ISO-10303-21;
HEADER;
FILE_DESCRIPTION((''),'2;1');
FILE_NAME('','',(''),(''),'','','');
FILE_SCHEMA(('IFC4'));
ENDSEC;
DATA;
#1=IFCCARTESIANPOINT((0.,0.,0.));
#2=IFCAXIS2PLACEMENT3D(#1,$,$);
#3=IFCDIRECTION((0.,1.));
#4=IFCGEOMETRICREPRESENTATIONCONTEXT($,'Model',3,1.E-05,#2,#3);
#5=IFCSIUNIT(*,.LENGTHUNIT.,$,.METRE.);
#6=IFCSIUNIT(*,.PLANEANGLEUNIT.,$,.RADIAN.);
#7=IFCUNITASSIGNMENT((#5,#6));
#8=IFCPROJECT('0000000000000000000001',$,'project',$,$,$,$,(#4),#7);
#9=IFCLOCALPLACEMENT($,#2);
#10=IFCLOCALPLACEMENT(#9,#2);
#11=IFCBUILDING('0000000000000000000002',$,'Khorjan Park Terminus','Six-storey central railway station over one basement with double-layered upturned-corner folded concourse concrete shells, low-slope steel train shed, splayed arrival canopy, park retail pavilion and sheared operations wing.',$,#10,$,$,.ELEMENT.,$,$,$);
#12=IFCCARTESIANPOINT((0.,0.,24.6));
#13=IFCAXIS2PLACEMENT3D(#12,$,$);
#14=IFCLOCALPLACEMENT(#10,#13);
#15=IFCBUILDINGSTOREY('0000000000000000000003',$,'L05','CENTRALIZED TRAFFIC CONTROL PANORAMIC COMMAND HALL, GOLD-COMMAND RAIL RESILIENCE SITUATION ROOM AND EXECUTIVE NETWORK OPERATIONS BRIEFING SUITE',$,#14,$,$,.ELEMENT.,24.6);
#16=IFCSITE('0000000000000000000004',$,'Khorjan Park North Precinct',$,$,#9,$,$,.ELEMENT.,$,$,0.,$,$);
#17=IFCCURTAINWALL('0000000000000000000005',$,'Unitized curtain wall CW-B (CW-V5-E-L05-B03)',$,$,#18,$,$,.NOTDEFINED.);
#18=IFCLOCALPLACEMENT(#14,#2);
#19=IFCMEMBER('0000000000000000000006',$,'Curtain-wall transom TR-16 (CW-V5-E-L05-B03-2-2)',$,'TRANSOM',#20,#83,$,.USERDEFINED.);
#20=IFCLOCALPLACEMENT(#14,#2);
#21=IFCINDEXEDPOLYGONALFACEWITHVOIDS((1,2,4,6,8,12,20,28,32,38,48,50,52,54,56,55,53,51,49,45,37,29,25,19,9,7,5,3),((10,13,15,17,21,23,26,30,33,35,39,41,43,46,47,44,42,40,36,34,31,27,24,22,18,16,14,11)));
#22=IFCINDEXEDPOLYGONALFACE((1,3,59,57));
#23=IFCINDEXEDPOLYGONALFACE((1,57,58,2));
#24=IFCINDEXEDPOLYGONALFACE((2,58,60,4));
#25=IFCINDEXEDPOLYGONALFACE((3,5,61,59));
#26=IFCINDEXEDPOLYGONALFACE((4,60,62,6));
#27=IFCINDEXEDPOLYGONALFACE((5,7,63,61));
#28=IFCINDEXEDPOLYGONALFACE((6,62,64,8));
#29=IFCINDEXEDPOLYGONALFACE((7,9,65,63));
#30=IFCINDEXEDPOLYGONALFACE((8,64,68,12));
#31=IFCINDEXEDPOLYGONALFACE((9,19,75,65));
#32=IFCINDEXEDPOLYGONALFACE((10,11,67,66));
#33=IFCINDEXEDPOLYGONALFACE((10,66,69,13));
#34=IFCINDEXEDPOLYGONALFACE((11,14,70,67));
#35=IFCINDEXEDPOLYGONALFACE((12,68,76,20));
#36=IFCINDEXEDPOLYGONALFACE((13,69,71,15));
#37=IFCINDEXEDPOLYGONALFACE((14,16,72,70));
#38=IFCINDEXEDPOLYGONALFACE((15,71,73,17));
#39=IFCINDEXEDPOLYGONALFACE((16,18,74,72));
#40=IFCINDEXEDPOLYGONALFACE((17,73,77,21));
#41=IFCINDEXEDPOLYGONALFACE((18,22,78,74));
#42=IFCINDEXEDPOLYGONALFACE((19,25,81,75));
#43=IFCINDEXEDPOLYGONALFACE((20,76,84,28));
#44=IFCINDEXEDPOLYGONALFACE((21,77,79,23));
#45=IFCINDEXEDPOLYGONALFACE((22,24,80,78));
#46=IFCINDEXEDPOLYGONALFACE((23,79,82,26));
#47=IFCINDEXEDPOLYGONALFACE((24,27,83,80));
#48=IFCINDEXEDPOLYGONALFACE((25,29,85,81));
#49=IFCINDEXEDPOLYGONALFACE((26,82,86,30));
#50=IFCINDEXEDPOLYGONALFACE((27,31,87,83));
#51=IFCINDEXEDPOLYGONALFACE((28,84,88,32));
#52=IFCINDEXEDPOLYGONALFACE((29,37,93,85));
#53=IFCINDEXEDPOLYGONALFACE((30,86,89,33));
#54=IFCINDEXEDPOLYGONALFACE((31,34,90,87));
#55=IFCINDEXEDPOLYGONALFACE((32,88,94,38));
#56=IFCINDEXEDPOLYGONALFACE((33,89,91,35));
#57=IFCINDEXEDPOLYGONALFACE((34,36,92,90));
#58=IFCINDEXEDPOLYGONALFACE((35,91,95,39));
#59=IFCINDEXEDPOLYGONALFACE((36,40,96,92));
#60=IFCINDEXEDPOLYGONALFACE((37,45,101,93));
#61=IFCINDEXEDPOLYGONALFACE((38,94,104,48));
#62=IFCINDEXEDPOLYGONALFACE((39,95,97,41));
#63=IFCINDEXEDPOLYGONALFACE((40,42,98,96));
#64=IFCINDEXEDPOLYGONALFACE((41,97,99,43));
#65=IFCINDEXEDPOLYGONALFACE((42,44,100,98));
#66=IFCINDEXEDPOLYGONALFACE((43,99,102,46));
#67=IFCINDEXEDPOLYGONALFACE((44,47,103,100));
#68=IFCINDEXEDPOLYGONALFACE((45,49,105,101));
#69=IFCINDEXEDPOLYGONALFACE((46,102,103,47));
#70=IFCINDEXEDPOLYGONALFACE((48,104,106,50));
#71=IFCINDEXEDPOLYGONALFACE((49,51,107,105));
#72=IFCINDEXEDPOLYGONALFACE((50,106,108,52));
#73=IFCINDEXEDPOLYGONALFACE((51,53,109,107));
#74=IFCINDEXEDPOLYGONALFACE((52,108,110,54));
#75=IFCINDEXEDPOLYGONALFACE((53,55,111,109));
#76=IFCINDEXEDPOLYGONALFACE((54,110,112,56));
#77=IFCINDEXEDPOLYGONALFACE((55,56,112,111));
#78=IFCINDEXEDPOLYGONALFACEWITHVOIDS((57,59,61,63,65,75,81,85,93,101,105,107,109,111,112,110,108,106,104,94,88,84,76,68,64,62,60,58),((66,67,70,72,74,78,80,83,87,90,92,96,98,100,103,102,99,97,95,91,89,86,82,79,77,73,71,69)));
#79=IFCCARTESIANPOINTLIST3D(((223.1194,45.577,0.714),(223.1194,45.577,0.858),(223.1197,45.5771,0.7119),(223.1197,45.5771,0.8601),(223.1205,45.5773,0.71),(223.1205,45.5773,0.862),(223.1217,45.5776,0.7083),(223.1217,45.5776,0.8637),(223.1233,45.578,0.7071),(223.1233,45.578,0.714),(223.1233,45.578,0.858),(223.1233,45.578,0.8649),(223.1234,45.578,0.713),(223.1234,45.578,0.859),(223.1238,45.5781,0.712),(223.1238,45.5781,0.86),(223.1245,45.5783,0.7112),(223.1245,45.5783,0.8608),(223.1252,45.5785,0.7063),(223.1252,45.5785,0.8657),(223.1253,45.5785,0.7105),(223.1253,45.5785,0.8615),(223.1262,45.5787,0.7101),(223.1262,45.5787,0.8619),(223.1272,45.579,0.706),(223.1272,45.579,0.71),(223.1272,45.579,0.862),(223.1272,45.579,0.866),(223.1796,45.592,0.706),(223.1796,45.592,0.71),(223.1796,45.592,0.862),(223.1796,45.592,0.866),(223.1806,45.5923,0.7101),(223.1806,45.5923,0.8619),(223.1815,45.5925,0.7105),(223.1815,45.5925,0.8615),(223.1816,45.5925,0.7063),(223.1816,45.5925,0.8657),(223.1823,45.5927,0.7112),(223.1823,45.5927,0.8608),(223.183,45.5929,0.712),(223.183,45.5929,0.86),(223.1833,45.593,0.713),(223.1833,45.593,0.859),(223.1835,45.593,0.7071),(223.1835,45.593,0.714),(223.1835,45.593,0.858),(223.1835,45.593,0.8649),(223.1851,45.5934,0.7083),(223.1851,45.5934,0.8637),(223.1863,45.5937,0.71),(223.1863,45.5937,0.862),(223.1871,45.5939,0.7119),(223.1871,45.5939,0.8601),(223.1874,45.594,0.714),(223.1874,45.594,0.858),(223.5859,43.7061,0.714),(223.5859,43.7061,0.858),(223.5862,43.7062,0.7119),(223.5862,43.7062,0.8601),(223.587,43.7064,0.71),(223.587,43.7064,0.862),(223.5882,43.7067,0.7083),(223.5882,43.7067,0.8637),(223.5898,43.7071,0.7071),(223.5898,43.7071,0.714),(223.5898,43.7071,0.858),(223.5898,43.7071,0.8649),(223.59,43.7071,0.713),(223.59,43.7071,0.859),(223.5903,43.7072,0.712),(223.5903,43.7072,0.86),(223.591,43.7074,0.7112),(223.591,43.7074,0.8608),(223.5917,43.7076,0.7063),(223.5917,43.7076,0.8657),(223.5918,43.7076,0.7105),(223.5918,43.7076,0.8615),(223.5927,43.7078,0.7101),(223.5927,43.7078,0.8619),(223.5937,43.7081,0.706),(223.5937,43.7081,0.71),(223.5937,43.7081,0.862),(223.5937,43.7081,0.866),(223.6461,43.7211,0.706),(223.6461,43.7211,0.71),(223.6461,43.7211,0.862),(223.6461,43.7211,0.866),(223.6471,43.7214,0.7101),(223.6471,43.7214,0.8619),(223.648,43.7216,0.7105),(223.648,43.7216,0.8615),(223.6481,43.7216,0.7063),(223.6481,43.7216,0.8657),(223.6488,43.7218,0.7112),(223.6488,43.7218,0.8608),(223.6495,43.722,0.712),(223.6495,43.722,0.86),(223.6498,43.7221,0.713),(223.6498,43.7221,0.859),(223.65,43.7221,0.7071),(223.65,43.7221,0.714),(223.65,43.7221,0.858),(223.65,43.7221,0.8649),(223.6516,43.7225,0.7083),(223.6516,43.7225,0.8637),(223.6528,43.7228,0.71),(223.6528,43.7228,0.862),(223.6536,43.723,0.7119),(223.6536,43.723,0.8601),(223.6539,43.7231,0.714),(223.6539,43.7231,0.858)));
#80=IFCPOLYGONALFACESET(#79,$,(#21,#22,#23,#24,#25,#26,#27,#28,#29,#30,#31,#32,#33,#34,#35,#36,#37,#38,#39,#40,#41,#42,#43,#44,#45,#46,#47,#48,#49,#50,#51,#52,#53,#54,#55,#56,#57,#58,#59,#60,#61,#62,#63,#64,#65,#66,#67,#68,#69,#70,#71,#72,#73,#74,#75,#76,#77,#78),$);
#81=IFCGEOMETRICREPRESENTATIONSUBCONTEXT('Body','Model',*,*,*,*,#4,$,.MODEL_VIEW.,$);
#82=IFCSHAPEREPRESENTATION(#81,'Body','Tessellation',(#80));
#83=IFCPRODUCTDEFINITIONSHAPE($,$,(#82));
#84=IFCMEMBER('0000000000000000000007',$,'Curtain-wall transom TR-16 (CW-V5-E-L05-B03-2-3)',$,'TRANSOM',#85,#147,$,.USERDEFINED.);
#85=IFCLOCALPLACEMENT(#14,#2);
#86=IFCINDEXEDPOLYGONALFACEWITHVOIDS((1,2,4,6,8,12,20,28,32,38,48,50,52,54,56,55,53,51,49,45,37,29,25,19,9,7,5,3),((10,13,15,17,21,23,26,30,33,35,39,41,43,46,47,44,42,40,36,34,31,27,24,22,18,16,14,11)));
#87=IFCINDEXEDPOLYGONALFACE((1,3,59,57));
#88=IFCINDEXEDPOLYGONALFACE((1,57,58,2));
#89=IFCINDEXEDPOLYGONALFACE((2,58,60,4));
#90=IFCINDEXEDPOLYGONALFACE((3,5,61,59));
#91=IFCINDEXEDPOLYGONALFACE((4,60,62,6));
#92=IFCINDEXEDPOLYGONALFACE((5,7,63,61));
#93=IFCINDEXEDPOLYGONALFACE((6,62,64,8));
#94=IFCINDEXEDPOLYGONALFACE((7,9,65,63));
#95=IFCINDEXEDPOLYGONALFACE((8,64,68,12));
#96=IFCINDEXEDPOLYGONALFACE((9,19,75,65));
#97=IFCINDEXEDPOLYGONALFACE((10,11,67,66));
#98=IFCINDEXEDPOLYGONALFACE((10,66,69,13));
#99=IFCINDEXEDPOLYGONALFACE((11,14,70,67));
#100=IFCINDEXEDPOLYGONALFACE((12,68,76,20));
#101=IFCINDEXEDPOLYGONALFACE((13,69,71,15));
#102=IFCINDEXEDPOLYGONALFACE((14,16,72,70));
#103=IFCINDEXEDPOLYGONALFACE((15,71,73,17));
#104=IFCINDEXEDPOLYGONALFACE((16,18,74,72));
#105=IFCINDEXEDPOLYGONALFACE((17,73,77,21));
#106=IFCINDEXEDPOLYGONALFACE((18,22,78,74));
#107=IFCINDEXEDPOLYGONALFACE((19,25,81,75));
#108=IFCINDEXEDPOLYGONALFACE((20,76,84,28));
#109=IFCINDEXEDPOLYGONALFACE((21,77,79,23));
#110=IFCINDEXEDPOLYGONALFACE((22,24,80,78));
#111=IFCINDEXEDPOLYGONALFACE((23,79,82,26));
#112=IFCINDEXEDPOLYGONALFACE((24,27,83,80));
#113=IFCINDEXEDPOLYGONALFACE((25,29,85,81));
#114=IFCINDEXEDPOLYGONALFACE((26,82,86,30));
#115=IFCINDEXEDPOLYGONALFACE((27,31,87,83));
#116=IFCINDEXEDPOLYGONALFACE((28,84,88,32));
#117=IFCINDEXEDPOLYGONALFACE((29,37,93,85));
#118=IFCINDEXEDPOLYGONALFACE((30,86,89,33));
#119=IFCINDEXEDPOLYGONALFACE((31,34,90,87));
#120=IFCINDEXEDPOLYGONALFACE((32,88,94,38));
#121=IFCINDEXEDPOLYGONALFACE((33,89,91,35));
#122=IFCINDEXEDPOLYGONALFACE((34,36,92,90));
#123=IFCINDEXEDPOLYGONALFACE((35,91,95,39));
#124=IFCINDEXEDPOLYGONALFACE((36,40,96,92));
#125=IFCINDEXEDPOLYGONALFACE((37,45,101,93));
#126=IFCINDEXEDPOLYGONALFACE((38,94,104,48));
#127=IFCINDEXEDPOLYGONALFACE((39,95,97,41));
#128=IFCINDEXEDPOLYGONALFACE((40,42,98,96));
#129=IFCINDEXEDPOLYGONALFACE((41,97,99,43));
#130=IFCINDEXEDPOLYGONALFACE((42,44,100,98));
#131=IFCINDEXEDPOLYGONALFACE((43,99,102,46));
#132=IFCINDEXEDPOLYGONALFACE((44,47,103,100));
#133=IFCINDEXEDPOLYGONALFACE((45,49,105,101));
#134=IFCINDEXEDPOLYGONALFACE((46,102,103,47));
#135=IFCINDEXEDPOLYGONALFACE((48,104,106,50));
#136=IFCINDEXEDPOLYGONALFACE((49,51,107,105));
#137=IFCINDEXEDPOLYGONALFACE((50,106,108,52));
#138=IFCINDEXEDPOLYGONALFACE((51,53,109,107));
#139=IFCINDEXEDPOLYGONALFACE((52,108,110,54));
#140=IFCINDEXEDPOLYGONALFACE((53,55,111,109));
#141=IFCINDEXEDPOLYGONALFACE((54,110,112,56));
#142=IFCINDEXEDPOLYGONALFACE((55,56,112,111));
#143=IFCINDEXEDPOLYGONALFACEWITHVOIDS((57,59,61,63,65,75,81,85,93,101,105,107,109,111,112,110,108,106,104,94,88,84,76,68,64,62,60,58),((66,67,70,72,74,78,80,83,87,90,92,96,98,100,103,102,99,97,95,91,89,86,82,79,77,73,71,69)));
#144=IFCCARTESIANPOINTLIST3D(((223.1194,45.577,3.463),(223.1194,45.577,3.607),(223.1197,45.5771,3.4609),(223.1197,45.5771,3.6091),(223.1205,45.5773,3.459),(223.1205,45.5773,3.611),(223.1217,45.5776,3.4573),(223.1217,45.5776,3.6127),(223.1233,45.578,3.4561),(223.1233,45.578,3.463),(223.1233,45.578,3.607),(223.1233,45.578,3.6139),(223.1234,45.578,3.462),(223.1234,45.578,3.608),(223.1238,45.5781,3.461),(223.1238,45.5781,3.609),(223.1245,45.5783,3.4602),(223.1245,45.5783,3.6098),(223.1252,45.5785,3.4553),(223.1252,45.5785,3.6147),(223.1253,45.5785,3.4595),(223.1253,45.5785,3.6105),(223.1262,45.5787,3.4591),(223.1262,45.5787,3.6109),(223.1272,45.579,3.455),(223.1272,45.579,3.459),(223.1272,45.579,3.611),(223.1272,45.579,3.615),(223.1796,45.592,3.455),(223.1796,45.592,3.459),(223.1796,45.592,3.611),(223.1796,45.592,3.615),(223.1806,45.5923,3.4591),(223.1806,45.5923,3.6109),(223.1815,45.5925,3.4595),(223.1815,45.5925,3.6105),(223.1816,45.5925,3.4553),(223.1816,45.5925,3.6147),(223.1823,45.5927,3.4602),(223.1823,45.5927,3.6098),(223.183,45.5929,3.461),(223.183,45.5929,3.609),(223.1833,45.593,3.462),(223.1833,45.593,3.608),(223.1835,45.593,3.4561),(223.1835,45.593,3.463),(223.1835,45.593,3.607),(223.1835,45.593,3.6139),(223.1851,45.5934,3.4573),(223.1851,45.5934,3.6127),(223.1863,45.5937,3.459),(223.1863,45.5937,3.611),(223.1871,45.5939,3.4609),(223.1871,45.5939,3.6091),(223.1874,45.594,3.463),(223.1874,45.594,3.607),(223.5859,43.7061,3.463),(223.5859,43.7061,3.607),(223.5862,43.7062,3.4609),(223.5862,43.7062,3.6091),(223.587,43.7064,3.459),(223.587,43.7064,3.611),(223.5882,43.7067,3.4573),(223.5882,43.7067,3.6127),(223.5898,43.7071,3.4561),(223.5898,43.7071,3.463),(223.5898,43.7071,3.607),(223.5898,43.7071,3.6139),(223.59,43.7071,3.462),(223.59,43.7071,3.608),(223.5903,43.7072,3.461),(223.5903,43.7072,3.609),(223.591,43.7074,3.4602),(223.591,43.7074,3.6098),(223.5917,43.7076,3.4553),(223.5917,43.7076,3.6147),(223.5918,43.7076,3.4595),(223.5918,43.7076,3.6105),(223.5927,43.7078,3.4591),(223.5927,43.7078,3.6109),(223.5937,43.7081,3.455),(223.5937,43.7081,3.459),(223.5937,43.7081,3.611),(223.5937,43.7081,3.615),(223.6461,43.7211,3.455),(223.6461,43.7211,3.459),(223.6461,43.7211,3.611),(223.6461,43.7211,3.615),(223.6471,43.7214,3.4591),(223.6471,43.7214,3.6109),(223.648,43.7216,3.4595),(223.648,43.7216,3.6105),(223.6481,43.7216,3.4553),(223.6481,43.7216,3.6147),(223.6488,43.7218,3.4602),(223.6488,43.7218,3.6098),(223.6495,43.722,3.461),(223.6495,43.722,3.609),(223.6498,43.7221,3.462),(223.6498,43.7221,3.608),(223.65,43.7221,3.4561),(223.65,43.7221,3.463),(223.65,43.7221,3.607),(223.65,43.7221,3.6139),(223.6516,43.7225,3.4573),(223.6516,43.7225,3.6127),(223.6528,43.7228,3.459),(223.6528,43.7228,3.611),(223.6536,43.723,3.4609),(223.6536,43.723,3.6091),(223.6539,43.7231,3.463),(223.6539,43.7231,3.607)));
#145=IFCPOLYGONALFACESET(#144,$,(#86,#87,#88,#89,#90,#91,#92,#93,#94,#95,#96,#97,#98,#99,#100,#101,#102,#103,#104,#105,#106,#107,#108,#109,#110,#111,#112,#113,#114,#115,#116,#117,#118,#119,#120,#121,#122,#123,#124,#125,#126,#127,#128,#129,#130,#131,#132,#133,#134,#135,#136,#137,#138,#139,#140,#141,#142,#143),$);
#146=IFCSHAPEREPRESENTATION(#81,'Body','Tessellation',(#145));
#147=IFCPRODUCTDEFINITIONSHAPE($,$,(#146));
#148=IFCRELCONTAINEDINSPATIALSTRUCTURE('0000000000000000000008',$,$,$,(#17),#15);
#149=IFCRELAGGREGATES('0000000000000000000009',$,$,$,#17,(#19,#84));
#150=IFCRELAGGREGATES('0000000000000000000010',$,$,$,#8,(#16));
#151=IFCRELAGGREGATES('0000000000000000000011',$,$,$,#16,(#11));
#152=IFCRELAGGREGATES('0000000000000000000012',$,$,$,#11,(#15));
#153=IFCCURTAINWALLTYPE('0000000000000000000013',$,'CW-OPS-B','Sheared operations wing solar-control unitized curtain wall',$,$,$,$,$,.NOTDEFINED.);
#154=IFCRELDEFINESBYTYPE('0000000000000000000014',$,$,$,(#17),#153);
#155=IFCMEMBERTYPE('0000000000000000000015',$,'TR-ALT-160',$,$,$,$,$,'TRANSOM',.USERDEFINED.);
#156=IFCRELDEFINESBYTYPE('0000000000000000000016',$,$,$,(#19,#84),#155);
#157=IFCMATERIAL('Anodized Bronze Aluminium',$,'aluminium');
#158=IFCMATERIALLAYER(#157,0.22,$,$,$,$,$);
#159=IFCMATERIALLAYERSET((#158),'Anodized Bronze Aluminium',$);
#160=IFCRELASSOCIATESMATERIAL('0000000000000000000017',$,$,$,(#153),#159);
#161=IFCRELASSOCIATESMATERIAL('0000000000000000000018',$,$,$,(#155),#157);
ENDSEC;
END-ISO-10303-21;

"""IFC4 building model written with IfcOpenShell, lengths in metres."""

from ifc_helpers import new_model, si_unit, direction, frame, origin, origin_2d, place, context, subcontext, project, spatial, hollow_rectangle, extrude, material, layer, layer_set, material_profile, profile_set, type_object, element, aggregate, save


model = new_model("IFC4")

# Units and contexts
model_context = context("Model", 3, precision=1e-05, world=origin(), true_north=direction((0.0, 1.0)))
body_context = subcontext(model_context, "Body", "Model", "MODEL_VIEW")
ifc_project = project(units=[si_unit("LENGTHUNIT", "METRE"), si_unit("PLANEANGLEUNIT", "RADIAN")], contexts=[model_context])

# Site, building, storey
site_placement = place(None, origin())
site = spatial("IfcSite", under=ifc_project, at=site_placement, Name="Khorjan Park North Precinct", CompositionType="ELEMENT", RefElevation=0.0)
building_placement = place(site_placement, origin())
building = spatial("IfcBuilding", under=site, at=building_placement, Name="Khorjan Park Terminus", Description="Six-storey central railway station over one basement with double-layered upturned-corner folded concourse concrete shells, low-slope steel train shed, splayed arrival canopy, park retail pavilion and sheared operations wing.", CompositionType="ELEMENT")
storey_placement = place(building_placement, frame((0.0, 0.0, 24.6)))
storey = spatial("IfcBuildingStorey", under=building, at=storey_placement, Name="L05", Description="CENTRALIZED TRAFFIC CONTROL PANORAMIC COMMAND HALL, GOLD-COMMAND RAIL RESILIENCE SITUATION ROOM AND EXECUTIVE NETWORK OPERATIONS BRIEFING SUITE", CompositionType="ELEMENT", Elevation=24.6)

# Curtain wall, members
ifc_material_1 = material(Name="Anodized Bronze Aluminium", Category="aluminium")
ifc_layer_1 = layer(ifc_material_1, 0.22)
ifc_layer_set_1 = layer_set([ifc_layer_1], Name="Anodized Bronze Aluminium")
curtain_wall_type = type_object("IfcCurtainWallType", Name="CW-OPS-B", Description="Sheared operations wing solar-control unitized curtain wall", PredefinedType="NOTDEFINED", material=ifc_layer_set_1)
curtain_wall_placement = place(storey_placement, origin())
curtain_wall = element("IfcCurtainWall", 1, at=curtain_wall_placement, inside=storey, type_object=curtain_wall_type, Name="Unitized curtain wall CW-B (CW-V5-E-L05-B03)", PredefinedType="NOTDEFINED")
ifc_material_profile_1 = material_profile(ifc_material_1, hollow_rectangle(XDim=0.07, YDim=0.16, WallThickness=0.004, InnerFilletRadius=0.004, OuterFilletRadius=0.008, at=origin_2d()), Name="ALT 70x160x4")
ifc_profile_set_1 = profile_set([ifc_material_profile_1], Name="Anodized Bronze Aluminium")
member_type_1 = type_object("IfcMemberType", Name="TR-ALT-160", ElementType="TRANSOM", PredefinedType="USERDEFINED", material=ifc_profile_set_1)
member_1_placement = place(storey_placement, frame((223.6199, 43.7146, 0.786), z_axis=(-0.241938, 0.970292, 0.0), x_axis=(-0.970292, -0.241938, 0.0)))
member_1 = element("IfcMember", 2, at=member_1_placement, type_object=member_type_1, Name="Curtain-wall transom TR-16 (CW-V5-E-L05-B03-2-2)", ObjectType="TRANSOM", PredefinedType="USERDEFINED", context=body_context, shape_type="SweptSolid", body=[
    extrude(hollow_rectangle(XDim=0.07, YDim=0.16, WallThickness=0.004, InnerFilletRadius=0.004, OuterFilletRadius=0.008, at=origin_2d()), origin(), (0.0, 0.0, 1.0), 1.9282),
])
member_2_placement = place(storey_placement, frame((223.6199, 43.7146, 3.535), z_axis=(-0.241938, 0.970292, 0.0), x_axis=(-0.970292, -0.241938, 0.0)))
member_2 = element("IfcMember", 3, at=member_2_placement, type_object=member_type_1, Name="Curtain-wall transom TR-16 (CW-V5-E-L05-B03-2-3)", ObjectType="TRANSOM", PredefinedType="USERDEFINED", context=body_context, shape_type="SweptSolid", body=[
    extrude(hollow_rectangle(XDim=0.07, YDim=0.16, WallThickness=0.004, InnerFilletRadius=0.004, OuterFilletRadius=0.008, at=origin_2d()), origin(), (0.0, 0.0, 1.0), 1.9282),
])
aggregate(curtain_wall, [member_1, member_2])

save(model, "model.ifc")
